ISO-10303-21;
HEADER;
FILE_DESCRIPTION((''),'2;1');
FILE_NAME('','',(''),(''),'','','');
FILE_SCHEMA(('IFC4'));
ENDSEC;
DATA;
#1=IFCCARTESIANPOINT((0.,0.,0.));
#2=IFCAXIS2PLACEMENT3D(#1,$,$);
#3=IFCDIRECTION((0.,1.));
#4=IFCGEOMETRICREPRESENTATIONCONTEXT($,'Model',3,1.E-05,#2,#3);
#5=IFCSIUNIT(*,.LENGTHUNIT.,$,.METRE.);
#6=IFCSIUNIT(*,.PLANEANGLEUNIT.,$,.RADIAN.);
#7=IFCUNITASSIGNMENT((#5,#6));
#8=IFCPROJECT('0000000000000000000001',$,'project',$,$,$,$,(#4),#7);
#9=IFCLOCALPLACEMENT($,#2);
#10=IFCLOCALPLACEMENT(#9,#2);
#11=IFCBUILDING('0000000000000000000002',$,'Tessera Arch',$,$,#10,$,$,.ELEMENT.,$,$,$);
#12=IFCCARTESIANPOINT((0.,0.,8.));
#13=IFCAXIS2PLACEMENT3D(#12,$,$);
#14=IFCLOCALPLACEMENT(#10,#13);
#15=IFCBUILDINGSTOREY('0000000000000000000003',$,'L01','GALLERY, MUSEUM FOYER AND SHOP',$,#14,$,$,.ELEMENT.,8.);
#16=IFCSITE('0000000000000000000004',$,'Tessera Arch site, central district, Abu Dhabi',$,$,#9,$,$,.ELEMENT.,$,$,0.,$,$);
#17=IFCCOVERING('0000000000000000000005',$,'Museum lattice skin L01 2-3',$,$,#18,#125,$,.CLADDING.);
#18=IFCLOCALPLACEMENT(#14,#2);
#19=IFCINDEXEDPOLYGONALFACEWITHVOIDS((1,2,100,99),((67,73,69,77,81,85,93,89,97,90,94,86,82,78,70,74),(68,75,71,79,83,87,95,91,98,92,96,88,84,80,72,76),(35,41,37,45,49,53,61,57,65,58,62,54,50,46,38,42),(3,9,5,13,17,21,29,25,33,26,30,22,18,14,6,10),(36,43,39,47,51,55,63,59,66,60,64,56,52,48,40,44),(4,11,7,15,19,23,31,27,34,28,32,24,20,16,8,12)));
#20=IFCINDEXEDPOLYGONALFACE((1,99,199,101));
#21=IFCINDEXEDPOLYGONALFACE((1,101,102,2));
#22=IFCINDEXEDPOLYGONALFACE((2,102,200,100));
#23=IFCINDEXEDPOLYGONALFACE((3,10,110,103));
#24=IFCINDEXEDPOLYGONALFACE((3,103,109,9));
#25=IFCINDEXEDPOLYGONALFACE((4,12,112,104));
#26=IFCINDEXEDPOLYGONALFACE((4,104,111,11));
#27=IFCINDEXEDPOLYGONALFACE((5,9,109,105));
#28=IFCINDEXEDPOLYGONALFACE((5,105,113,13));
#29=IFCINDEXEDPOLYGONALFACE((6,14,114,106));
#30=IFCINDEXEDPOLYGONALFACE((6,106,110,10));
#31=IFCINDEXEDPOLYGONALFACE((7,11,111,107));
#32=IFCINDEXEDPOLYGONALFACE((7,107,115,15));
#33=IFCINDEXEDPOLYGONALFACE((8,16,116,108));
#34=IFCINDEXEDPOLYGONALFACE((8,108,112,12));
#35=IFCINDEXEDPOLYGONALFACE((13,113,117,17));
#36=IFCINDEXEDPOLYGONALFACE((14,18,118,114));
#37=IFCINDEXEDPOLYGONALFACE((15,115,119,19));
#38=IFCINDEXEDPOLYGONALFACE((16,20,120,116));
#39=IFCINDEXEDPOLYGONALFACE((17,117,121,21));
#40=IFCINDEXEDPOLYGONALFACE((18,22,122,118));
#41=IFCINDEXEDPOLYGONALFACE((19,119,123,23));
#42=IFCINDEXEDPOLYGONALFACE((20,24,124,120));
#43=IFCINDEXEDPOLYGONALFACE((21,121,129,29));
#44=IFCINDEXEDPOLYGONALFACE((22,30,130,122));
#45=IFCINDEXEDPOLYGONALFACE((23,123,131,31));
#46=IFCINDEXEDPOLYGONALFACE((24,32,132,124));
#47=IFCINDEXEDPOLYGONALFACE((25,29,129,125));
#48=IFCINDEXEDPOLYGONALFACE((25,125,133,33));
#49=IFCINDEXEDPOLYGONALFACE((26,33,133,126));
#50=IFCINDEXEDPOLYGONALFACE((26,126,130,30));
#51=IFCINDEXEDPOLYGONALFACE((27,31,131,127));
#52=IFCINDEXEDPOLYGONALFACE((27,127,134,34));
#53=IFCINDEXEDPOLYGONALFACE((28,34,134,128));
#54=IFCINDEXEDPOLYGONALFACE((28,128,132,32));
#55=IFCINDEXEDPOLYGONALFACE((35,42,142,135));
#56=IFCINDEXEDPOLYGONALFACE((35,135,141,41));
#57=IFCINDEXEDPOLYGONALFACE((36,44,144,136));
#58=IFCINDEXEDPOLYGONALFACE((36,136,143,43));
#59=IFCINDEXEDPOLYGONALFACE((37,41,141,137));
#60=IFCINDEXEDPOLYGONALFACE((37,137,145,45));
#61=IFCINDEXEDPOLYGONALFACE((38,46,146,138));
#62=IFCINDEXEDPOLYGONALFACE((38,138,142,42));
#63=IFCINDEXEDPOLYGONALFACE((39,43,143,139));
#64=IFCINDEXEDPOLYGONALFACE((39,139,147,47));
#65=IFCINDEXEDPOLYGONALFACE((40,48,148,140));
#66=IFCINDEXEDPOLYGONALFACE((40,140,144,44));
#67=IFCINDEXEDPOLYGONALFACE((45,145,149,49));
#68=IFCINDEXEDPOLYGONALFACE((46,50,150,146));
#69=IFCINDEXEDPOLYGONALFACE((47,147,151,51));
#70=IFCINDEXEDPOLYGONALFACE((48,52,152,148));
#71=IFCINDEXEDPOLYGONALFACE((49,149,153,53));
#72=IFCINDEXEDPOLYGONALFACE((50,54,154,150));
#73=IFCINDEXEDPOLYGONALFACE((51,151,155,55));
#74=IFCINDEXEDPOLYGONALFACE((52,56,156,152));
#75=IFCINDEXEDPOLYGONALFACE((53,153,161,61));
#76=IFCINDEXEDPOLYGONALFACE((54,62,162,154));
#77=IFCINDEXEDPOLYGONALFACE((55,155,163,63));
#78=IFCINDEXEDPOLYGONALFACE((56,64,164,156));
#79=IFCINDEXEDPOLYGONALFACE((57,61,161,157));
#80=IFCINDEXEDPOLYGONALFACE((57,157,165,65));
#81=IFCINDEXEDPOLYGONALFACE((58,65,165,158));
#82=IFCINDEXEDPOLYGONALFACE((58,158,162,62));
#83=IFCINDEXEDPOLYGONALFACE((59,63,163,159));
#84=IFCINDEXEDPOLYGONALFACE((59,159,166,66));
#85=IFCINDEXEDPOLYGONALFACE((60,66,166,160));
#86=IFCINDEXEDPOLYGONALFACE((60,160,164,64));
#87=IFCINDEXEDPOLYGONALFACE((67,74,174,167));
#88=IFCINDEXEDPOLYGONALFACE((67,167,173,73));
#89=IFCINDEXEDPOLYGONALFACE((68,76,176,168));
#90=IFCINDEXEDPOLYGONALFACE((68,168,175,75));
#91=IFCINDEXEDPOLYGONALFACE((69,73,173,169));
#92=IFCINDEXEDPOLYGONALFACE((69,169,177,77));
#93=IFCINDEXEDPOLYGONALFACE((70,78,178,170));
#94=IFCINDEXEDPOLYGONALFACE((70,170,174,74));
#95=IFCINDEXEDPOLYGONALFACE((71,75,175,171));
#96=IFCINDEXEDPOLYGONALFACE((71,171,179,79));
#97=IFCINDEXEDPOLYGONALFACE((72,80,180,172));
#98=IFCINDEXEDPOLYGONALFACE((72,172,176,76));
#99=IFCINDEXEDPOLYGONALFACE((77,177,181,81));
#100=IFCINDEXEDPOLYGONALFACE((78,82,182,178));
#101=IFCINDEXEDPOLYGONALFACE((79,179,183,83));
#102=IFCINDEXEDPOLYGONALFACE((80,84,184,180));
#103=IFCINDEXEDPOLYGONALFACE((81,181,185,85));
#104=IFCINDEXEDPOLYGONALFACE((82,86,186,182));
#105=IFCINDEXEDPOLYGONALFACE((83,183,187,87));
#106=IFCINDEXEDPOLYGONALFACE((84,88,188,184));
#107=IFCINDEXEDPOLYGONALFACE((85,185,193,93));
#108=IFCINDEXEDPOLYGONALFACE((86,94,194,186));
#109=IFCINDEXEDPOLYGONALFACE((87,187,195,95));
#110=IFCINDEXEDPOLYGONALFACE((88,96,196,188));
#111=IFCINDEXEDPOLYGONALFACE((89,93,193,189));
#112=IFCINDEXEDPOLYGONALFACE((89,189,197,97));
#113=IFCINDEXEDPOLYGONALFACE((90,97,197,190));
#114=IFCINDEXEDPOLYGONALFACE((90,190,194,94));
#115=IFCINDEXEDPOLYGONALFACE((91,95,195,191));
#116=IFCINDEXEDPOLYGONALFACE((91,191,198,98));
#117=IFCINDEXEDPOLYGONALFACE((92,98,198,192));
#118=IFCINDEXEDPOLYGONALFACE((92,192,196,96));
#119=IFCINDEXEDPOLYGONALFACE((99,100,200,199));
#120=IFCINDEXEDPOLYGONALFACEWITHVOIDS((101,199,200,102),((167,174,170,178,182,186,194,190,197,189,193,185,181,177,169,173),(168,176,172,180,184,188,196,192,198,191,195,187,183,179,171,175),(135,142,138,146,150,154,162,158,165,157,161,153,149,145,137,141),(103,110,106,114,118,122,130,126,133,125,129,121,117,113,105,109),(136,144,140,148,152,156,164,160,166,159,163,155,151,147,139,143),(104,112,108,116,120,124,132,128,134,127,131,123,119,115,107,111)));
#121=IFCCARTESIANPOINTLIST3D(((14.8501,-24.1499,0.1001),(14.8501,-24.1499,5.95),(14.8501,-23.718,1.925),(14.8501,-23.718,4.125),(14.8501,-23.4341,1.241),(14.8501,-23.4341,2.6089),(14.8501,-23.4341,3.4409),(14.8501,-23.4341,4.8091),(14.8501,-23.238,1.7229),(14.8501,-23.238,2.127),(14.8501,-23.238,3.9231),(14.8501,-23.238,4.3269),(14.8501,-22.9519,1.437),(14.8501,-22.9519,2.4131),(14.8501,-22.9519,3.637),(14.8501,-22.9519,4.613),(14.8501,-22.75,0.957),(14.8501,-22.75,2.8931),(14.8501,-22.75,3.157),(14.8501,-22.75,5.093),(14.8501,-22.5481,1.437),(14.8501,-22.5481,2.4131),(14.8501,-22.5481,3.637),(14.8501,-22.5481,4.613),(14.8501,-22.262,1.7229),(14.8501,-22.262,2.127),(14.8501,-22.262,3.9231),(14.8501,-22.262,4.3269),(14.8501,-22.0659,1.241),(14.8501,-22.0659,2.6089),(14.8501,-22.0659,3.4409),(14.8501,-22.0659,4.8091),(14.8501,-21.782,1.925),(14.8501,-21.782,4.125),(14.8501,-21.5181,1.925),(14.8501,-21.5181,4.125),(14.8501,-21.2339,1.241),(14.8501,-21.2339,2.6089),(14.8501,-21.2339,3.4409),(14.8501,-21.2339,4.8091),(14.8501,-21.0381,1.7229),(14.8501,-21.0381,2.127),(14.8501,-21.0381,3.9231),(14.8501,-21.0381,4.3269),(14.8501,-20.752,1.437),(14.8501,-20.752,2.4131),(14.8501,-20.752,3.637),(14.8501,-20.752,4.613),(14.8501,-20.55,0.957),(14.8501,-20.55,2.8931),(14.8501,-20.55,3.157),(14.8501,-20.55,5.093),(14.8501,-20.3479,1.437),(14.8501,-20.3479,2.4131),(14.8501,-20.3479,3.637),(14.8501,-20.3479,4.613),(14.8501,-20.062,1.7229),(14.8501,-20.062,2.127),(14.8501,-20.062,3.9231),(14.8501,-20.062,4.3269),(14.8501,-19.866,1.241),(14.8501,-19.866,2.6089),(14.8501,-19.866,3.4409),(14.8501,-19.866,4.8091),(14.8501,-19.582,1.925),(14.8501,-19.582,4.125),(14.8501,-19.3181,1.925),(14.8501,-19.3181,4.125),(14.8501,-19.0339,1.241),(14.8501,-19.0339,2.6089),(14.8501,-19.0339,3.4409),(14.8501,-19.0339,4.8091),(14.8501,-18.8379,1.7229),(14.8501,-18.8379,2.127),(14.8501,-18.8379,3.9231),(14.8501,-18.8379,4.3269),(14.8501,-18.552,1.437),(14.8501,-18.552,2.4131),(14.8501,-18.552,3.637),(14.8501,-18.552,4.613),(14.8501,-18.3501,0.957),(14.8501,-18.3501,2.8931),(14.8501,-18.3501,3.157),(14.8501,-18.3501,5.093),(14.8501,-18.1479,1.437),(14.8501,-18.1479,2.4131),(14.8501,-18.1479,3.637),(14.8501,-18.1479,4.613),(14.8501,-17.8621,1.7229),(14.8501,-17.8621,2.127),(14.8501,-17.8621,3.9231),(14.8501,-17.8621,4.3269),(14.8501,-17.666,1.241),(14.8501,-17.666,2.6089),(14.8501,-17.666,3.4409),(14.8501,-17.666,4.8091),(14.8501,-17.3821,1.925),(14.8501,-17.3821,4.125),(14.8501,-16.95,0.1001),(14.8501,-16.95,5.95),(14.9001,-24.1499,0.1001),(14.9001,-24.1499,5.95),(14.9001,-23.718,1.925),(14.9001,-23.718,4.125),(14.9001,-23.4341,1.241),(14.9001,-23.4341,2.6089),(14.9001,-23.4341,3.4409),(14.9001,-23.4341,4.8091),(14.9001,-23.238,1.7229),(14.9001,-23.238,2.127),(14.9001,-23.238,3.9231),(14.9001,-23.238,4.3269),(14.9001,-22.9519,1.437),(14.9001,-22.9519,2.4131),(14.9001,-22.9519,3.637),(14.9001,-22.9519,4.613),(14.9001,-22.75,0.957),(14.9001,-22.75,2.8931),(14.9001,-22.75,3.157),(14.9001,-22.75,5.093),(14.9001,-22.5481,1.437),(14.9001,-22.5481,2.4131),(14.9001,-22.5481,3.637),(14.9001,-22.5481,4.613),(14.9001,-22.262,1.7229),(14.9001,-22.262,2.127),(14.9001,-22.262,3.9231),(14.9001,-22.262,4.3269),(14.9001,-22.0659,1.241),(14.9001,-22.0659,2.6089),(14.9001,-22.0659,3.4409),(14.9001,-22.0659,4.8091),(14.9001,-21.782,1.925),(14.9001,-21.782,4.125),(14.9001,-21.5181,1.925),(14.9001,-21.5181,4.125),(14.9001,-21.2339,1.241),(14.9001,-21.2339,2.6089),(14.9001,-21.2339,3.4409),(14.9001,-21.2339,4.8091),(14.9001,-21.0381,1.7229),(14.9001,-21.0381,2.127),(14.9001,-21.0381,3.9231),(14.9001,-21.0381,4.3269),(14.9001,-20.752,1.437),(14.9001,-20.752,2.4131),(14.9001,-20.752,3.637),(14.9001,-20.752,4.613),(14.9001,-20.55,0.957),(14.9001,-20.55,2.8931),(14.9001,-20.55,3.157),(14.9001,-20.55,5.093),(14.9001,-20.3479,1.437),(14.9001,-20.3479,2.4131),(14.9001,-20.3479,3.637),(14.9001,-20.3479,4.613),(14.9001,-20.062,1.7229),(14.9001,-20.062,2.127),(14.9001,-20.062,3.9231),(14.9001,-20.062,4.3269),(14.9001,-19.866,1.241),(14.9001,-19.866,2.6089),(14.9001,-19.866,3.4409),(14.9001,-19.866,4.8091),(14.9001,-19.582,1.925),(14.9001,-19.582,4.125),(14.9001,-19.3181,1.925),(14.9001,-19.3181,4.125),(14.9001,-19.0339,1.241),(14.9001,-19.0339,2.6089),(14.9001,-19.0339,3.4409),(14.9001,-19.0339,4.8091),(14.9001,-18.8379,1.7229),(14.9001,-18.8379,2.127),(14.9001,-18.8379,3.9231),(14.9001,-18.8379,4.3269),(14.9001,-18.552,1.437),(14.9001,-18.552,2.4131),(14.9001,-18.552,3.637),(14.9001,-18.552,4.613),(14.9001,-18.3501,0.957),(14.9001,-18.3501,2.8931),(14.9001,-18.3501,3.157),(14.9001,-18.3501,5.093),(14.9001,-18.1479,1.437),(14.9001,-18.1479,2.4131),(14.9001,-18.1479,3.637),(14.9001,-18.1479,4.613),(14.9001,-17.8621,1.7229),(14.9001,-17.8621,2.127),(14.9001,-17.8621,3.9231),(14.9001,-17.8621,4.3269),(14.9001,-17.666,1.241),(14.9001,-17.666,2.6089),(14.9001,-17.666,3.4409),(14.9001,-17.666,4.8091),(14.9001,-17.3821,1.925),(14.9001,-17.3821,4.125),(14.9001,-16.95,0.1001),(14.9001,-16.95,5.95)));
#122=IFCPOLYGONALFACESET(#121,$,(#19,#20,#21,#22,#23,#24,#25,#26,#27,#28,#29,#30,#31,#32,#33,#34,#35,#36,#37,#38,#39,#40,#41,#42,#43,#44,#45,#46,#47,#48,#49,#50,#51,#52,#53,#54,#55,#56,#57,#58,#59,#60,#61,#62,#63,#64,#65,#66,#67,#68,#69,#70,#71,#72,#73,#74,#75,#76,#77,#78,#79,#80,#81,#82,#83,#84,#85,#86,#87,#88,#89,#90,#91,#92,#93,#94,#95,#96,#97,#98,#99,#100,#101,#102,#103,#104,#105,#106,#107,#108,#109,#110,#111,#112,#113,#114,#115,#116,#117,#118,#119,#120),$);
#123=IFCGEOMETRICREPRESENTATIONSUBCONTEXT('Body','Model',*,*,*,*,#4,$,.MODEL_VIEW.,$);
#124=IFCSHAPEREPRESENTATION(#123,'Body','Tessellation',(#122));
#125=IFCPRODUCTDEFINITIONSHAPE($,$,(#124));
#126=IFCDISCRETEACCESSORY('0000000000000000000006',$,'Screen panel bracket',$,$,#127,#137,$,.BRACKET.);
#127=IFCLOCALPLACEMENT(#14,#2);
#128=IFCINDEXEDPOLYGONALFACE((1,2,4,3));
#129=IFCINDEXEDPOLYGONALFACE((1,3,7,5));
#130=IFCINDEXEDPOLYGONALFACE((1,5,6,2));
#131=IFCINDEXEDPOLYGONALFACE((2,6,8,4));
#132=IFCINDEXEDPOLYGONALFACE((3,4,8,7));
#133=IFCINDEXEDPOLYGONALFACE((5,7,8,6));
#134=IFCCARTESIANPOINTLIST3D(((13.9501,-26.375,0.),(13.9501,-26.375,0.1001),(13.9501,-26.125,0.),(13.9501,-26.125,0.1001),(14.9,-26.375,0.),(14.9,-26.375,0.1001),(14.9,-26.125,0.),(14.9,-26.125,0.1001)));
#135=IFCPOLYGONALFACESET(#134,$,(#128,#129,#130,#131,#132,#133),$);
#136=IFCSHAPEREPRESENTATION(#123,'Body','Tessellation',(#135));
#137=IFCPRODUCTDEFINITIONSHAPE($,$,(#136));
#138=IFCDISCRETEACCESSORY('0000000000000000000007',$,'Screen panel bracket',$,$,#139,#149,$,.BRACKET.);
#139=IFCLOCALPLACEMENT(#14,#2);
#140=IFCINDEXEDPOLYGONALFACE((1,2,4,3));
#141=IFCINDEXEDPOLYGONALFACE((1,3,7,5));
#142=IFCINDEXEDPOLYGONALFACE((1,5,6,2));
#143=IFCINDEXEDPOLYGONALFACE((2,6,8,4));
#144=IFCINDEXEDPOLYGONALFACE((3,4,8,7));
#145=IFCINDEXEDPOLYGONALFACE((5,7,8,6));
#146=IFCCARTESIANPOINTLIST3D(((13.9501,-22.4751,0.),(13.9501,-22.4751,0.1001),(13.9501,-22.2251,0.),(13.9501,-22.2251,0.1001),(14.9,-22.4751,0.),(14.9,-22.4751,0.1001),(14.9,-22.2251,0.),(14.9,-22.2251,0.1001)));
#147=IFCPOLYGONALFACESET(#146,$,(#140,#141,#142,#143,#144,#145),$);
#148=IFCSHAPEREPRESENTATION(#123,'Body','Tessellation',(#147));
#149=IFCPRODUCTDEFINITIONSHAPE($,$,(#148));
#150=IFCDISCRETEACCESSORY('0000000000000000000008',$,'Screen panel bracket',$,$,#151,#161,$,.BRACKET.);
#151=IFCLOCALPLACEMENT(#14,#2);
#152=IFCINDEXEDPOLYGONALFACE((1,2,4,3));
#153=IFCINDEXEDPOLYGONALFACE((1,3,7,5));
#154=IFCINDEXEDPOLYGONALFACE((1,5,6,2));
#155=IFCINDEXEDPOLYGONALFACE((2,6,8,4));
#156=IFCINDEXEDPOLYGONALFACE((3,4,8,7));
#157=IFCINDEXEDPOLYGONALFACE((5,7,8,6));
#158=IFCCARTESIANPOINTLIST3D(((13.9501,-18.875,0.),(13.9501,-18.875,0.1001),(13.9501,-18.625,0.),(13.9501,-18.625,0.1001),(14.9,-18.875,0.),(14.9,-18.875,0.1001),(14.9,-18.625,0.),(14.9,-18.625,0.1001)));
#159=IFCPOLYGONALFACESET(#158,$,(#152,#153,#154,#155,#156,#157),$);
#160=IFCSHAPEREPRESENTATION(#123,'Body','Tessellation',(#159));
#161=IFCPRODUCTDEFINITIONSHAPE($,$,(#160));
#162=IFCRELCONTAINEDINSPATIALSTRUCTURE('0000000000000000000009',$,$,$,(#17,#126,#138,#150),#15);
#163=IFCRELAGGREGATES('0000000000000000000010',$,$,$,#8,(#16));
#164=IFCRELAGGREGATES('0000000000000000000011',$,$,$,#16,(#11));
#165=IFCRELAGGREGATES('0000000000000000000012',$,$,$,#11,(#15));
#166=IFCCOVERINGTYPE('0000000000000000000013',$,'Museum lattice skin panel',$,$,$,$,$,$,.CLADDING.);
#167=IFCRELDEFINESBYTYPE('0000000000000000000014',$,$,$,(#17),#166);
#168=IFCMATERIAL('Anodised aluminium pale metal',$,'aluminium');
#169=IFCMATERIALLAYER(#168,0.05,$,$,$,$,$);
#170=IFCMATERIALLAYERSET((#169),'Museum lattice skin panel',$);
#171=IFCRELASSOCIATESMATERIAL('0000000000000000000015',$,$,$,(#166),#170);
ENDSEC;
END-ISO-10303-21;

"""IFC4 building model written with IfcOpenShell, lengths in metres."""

from ifc_helpers import new_model, si_unit, direction, frame, origin, origin_2d, place, context, subcontext, project, spatial, polyline, rectangle, outline, extrude, material, layer, layer_set, type_object, element, save


model = new_model("IFC4")

# Units and contexts
model_context = context("Model", 3, precision=1e-05, world=origin(), true_north=direction((0.0, 1.0)))
body_context = subcontext(model_context, "Body", "Model", "MODEL_VIEW")
ifc_project = project(units=[si_unit("LENGTHUNIT", "METRE"), si_unit("PLANEANGLEUNIT", "RADIAN")], contexts=[model_context])

# Site, building, storey
site_placement = place(None, origin())
site = spatial("IfcSite", under=ifc_project, at=site_placement, Name="Tessera Arch site, central district, Abu Dhabi", CompositionType="ELEMENT", RefElevation=0.0)
building_placement = place(site_placement, origin())
building = spatial("IfcBuilding", under=site, at=building_placement, Name="Tessera Arch", CompositionType="ELEMENT")
storey_placement = place(building_placement, frame((0.0, 0.0, 8.0)))
storey = spatial("IfcBuildingStorey", under=building, at=storey_placement, Name="L01", Description="GALLERY, MUSEUM FOYER AND SHOP", CompositionType="ELEMENT", Elevation=8.0)

# Covering
ifc_material_1 = material(Name="Anodised aluminium pale metal", Category="aluminium")
ifc_layer_1 = layer(ifc_material_1, 0.05)
ifc_layer_set_1 = layer_set([ifc_layer_1], Name="Museum lattice skin panel")
covering_type = type_object("IfcCoveringType", Name="Museum lattice skin panel", PredefinedType="CLADDING", material=ifc_layer_set_1)
covering_placement = place(storey_placement, frame((14.8501, -24.1499, 5.95), z_axis=(-1.0, 0.0, 0.0), x_axis=(0.0, 1.0, 0.0)))
element("IfcCovering", 1, at=covering_placement, inside=storey, type_object=covering_type, Name="Museum lattice skin L01 2-3", PredefinedType="CLADDING", context=body_context, shape_type="SweptSolid", body=[
    extrude(outline(polyline([(0.0, 0.0), (7.2, 0.0), (7.2, 5.8499), (0.0, 5.8499), (0.0, 0.0)]), holes=[polyline([(2.3679, 4.0249), (1.8879, 3.823), (2.084, 3.3411), (1.6018, 3.5369), (1.3999, 3.0569), (1.198, 3.5369), (0.7158, 3.3411), (0.9119, 3.823), (0.4319, 4.0249), (0.9119, 4.2271), (0.7158, 4.709), (1.198, 4.5129), (1.3999, 4.9929), (1.6018, 4.5129), (2.084, 4.709), (1.8879, 4.2271), (2.3679, 4.0249)]), polyline([(2.3679, 1.825), (1.8879, 1.623), (2.084, 1.1409), (1.6018, 1.3369), (1.3999, 0.8569), (1.198, 1.3369), (0.7158, 1.1409), (0.9119, 1.623), (0.4319, 1.825), (0.9119, 2.0269), (0.7158, 2.509), (1.198, 2.313), (1.3999, 2.793), (1.6018, 2.313), (2.084, 2.509), (1.8879, 2.0269), (2.3679, 1.825)]), polyline([(4.5679, 4.0249), (4.0879, 3.823), (4.2839, 3.3411), (3.802, 3.5369), (3.5999, 3.0569), (3.3979, 3.5369), (2.916, 3.3411), (3.1118, 3.823), (2.6318, 4.0249), (3.1118, 4.2271), (2.916, 4.709), (3.3979, 4.5129), (3.5999, 4.9929), (3.802, 4.5129), (4.2839, 4.709), (4.0879, 4.2271), (4.5679, 4.0249)]), polyline([(4.5679, 1.825), (4.0879, 1.623), (4.2839, 1.1409), (3.802, 1.3369), (3.5999, 0.8569), (3.3979, 1.3369), (2.916, 1.1409), (3.1118, 1.623), (2.6318, 1.825), (3.1118, 2.0269), (2.916, 2.509), (3.3979, 2.313), (3.5999, 2.793), (3.802, 2.313), (4.2839, 2.509), (4.0879, 2.0269), (4.5679, 1.825)]), polyline([(6.7678, 4.0249), (6.2878, 3.823), (6.4839, 3.3411), (6.002, 3.5369), (5.7998, 3.0569), (5.5979, 3.5369), (5.116, 3.3411), (5.312, 3.823), (4.8318, 4.0249), (5.312, 4.2271), (5.116, 4.709), (5.5979, 4.5129), (5.7998, 4.9929), (6.002, 4.5129), (6.4839, 4.709), (6.2878, 4.2271), (6.7678, 4.0249)]), polyline([(6.7678, 1.825), (6.2878, 1.623), (6.4839, 1.1409), (6.002, 1.3369), (5.7998, 0.8569), (5.5979, 1.3369), (5.116, 1.1409), (5.312, 1.623), (4.8318, 1.825), (5.312, 2.0269), (5.116, 2.509), (5.5979, 2.313), (5.7998, 2.793), (6.002, 2.313), (6.4839, 2.509), (6.2878, 2.0269), (6.7678, 1.825)])]), origin(), (0.0, 0.0, -1.0), 0.05),
])

# Discrete accessories
for number, where, z_axis, x_axis, name in (
    (2, (14.425, -26.25, 0.0), (0.0, 0.0, 1.0), (1.0, 0.0, 0.0), "Screen panel bracket"),
    (3, (14.425, -22.3501, 0.0), (0.0, 0.0, 1.0), (1.0, 0.0, 0.0), "Screen panel bracket"),
    (4, (14.425, -18.75, 0.0), (0.0, 0.0, 1.0), (1.0, 0.0, 0.0), "Screen panel bracket"),
):
    element("IfcDiscreteAccessory", number, at=place(storey_placement, frame(where, z_axis=z_axis, x_axis=x_axis)), inside=storey, Name=name, PredefinedType="BRACKET", context=body_context, shape_type="SweptSolid", body=[
        extrude(rectangle(XDim=0.95, YDim=0.25, at=origin_2d()), origin(), (0.0, 0.0, 1.0), 0.1001),
    ])

save(model, "model.ifc")
